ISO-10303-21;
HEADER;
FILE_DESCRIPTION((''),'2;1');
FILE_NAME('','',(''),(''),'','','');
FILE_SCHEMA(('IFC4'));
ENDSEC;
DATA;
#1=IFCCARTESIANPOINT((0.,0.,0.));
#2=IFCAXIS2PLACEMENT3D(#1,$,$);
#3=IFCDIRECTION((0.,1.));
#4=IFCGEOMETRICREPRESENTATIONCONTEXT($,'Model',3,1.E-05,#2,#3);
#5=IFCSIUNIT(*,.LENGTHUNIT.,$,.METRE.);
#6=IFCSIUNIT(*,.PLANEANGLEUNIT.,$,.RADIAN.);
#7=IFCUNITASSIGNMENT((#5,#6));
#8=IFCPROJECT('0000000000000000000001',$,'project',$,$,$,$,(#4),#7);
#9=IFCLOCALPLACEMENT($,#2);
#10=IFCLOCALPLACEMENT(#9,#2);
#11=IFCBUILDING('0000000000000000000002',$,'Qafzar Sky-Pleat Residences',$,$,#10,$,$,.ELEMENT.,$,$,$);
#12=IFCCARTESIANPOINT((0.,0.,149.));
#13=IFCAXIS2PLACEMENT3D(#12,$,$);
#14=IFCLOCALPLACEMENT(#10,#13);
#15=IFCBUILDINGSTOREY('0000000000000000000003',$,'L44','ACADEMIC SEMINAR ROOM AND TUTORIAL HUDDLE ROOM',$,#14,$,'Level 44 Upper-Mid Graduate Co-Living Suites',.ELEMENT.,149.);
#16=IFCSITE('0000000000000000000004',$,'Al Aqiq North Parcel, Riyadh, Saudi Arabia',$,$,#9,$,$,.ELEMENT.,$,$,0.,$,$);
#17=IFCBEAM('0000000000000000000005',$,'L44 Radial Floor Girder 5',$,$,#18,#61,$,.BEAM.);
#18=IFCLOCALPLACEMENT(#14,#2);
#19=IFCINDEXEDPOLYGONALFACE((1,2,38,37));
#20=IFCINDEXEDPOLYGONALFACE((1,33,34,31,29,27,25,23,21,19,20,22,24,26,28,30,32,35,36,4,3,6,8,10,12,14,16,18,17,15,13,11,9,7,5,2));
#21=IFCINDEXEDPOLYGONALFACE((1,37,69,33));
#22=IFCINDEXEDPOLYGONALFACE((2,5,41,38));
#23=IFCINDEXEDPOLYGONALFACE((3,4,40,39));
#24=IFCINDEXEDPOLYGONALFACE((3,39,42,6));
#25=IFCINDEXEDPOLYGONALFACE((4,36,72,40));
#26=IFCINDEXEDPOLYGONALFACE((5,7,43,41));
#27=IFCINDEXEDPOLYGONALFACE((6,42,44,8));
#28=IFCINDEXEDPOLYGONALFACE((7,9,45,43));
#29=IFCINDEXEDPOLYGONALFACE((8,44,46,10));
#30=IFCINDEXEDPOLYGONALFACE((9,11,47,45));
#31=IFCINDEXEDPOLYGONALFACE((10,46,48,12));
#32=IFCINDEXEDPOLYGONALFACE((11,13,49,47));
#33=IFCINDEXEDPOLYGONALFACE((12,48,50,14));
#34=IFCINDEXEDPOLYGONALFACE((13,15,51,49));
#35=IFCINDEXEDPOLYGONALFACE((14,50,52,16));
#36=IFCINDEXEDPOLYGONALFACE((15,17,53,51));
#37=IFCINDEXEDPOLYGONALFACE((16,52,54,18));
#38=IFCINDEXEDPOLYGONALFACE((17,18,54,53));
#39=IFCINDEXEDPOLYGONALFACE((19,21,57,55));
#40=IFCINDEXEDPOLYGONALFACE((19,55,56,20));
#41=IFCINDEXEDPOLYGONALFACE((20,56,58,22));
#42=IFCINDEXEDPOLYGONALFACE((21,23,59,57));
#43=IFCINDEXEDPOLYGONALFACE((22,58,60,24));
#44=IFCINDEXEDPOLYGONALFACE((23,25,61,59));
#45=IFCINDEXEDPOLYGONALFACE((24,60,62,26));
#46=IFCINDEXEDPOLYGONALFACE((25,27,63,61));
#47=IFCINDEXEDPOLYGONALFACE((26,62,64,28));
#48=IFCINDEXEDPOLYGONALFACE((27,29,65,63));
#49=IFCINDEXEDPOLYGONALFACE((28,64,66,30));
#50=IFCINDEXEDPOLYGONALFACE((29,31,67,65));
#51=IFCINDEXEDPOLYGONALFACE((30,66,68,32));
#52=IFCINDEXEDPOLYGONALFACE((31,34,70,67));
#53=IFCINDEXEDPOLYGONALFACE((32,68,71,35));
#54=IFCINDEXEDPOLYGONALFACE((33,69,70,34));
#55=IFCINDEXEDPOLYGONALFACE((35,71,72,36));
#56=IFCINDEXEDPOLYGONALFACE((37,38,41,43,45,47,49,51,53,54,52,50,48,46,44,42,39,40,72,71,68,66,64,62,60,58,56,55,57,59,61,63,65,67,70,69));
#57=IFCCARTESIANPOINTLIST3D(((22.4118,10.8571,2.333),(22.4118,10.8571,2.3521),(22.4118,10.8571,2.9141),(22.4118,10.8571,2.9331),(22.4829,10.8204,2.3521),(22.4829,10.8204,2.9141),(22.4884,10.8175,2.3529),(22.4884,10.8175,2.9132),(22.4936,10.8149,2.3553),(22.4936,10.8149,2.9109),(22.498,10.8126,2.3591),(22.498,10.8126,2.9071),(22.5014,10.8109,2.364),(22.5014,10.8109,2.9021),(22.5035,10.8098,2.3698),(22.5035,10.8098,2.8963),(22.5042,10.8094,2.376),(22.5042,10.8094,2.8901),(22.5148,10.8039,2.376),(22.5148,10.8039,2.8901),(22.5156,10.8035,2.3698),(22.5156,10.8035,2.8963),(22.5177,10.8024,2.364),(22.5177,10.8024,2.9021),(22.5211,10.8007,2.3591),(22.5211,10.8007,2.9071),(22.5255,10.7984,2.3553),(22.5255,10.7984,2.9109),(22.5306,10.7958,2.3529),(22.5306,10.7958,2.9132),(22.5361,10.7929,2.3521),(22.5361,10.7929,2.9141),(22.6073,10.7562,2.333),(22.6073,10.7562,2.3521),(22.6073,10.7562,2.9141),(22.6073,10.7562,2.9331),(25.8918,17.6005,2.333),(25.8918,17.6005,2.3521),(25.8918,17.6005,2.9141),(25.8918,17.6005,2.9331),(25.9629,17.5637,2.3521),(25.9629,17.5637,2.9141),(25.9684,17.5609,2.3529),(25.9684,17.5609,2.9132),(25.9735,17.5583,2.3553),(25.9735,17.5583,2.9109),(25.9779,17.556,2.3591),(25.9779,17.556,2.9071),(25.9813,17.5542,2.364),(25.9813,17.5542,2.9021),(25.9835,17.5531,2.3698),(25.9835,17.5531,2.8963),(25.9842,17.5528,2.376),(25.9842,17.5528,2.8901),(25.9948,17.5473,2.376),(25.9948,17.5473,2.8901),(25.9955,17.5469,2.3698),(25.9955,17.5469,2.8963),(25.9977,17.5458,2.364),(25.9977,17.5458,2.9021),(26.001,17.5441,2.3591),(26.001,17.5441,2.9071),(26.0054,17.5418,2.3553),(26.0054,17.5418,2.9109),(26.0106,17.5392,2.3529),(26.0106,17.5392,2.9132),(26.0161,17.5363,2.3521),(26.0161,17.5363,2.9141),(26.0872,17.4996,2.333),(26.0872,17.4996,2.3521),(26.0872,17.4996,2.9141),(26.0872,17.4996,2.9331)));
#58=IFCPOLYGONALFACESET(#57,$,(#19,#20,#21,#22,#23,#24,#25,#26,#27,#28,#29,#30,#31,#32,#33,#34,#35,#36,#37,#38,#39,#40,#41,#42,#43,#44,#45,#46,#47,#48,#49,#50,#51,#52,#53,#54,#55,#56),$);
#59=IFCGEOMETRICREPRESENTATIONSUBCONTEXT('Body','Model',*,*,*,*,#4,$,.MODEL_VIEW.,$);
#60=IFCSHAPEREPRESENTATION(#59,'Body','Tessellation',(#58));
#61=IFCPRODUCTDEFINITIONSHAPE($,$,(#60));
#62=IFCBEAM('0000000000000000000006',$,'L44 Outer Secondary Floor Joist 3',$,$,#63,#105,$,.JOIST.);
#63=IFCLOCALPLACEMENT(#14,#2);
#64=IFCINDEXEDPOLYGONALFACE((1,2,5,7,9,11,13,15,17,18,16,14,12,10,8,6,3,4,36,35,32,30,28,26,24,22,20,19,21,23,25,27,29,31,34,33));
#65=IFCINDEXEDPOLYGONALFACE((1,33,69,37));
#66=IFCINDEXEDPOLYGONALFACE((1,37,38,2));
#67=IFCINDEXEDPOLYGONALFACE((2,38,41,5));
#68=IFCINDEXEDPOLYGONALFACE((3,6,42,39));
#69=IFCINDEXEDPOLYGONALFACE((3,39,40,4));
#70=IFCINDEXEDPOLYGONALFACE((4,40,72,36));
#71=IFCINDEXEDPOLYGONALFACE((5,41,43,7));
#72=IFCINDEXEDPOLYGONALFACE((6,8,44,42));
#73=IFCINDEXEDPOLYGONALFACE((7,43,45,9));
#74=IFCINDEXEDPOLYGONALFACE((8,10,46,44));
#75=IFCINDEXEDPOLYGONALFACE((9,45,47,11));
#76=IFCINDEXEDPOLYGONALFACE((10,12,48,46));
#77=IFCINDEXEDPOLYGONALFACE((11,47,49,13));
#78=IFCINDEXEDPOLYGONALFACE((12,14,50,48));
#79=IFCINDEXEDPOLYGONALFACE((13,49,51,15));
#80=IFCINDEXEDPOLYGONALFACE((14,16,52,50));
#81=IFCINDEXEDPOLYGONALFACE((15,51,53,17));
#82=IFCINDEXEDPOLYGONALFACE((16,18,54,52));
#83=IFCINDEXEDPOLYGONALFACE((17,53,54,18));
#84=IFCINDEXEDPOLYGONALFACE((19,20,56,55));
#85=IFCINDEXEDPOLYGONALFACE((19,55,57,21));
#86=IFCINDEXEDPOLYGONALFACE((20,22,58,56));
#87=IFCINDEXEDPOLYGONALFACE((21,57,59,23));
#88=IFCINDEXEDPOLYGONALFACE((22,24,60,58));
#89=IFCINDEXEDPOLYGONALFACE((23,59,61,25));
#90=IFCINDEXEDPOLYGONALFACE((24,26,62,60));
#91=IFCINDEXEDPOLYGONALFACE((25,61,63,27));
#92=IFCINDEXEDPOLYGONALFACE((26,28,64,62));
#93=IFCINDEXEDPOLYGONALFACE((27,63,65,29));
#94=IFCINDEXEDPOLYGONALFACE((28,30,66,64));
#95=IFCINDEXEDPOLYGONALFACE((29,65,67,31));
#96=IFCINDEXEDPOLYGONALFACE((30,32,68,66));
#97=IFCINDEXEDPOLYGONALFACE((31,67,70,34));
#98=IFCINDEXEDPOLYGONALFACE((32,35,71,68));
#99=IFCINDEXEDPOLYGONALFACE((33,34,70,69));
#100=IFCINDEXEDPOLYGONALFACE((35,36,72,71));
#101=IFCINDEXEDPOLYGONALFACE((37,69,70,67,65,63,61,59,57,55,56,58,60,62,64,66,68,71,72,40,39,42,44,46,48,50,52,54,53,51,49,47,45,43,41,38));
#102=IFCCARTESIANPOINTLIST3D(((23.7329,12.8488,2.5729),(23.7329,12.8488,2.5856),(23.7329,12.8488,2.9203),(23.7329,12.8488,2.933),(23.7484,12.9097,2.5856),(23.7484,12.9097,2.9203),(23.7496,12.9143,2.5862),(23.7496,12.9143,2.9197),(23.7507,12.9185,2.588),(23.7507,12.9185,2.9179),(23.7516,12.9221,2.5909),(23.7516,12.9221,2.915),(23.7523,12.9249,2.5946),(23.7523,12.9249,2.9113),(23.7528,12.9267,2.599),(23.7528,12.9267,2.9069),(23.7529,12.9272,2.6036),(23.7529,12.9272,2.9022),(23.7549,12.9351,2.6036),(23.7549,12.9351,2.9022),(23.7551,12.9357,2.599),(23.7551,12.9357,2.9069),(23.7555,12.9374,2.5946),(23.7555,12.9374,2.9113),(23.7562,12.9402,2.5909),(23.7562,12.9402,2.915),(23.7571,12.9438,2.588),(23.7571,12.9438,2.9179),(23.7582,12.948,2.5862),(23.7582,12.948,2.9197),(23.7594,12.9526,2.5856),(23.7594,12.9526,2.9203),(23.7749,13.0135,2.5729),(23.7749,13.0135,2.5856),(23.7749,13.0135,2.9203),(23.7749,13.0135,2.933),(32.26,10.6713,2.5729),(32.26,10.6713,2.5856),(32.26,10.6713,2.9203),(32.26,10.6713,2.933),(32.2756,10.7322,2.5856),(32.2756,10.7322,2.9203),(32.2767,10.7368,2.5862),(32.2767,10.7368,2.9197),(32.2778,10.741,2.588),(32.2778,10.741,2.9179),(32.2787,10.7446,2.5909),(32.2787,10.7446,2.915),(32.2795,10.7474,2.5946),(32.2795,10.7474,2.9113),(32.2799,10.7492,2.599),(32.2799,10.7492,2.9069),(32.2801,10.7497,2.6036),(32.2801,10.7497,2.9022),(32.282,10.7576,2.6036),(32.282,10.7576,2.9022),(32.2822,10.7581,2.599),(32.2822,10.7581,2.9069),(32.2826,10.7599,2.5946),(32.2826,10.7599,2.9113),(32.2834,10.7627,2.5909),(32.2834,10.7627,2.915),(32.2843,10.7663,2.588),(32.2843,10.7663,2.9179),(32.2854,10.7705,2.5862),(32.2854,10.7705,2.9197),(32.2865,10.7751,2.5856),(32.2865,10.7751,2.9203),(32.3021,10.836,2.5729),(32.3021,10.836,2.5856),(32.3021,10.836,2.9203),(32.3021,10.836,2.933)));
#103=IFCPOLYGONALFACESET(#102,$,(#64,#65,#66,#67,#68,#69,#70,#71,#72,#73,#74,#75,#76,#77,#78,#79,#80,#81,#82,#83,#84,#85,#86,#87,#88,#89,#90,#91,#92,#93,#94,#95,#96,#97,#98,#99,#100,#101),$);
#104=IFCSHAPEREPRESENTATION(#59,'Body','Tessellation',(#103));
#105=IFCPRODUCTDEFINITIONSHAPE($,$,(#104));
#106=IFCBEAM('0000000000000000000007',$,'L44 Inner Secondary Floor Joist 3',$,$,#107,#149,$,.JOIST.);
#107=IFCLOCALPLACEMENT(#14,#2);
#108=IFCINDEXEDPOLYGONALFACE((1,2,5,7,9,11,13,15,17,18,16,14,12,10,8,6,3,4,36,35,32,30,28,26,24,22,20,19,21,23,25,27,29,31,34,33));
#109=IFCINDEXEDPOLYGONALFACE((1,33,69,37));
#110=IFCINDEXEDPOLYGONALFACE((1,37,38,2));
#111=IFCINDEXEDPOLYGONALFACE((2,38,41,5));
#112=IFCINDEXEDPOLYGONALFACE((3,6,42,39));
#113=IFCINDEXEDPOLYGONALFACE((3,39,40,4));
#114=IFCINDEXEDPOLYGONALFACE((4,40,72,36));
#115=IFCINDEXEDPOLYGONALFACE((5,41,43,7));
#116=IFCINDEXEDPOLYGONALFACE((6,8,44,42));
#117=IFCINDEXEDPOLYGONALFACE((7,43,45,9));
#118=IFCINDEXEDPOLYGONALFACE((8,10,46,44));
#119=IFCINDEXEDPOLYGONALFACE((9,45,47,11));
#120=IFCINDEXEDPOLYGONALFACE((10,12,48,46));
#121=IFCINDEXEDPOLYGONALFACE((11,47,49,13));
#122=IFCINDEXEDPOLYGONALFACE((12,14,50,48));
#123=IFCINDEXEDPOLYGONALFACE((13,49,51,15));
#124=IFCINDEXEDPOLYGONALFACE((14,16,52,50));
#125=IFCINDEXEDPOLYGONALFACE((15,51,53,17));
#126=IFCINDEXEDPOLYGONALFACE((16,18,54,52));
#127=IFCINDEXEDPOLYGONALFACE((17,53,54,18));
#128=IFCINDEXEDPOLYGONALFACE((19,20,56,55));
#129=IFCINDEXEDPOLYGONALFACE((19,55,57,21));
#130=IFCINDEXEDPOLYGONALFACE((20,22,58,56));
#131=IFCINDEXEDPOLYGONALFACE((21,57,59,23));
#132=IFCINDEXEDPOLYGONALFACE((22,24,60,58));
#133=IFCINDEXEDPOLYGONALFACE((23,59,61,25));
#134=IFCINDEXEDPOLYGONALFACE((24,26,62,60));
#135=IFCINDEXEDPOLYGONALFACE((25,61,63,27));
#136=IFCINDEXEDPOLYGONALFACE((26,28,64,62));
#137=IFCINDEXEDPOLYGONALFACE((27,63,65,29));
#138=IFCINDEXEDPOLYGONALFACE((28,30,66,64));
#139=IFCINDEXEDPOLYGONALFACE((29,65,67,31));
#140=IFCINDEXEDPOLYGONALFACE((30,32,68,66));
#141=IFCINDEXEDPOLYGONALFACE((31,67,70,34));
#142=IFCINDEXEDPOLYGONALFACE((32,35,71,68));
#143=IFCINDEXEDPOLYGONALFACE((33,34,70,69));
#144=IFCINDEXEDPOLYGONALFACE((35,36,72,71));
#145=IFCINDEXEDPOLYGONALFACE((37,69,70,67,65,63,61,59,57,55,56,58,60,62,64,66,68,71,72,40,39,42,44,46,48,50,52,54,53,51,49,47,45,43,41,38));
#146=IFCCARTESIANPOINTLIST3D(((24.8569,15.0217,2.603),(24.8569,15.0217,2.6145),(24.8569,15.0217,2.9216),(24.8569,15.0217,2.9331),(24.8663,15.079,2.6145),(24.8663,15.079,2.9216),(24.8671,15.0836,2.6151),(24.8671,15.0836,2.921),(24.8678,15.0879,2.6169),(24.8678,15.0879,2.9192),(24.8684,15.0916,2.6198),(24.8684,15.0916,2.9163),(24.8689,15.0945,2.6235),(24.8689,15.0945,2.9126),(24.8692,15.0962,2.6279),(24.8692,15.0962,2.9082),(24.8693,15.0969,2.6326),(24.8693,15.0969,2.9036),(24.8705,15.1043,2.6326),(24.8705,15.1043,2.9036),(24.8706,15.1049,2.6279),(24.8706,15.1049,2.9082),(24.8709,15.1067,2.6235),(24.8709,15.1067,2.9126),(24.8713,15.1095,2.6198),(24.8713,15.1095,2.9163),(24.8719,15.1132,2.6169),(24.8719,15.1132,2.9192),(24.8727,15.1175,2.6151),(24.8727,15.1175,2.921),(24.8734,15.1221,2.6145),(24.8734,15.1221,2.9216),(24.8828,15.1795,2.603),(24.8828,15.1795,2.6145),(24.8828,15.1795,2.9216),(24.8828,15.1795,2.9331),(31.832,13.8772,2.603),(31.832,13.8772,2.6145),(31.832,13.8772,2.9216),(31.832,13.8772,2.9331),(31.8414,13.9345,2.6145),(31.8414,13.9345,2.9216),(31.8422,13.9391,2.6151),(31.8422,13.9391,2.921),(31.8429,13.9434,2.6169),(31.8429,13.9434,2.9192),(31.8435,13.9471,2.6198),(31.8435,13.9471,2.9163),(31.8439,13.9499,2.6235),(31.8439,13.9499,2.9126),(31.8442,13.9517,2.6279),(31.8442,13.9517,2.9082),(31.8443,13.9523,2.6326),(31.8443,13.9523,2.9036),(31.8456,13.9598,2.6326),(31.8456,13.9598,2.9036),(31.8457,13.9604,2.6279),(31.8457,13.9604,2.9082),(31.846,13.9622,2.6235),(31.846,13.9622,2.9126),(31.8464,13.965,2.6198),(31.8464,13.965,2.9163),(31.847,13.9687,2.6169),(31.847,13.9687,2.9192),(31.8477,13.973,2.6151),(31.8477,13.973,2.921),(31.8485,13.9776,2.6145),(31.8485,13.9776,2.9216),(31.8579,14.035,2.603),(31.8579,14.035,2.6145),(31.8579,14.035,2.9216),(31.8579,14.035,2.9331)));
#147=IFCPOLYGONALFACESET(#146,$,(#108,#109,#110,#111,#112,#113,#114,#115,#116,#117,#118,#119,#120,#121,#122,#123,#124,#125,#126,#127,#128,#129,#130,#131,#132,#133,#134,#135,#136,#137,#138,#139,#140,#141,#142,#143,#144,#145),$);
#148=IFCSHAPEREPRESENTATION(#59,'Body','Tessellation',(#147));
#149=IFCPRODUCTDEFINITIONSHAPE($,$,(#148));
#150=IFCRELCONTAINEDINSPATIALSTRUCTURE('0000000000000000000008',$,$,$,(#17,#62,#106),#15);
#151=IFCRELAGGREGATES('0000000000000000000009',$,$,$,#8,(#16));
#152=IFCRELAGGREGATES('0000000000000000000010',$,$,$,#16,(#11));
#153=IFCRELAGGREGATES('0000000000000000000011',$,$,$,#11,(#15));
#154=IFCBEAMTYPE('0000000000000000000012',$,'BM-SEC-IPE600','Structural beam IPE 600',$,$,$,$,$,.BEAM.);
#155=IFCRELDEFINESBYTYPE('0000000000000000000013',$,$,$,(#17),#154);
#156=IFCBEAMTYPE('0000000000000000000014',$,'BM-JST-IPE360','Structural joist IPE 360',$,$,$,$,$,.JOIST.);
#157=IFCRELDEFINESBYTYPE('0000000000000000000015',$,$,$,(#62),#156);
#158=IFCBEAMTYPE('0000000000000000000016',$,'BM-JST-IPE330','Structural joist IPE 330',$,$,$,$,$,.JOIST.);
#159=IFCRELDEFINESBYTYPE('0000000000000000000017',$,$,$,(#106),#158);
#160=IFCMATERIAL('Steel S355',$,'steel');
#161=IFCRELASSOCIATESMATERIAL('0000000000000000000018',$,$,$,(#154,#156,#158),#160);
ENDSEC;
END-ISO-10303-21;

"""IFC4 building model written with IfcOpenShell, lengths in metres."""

from ifc_helpers import new_model, si_unit, direction, frame, origin, origin_2d, place, context, subcontext, project, spatial, i_section, extrude, source, transform, mapped, material, material_profile, profile_set, type_object, element, save


model = new_model("IFC4")

# Units and contexts
model_context = context("Model", 3, precision=1e-05, world=origin(), true_north=direction((0.0, 1.0)))
body_context = subcontext(model_context, "Body", "Model", "MODEL_VIEW")
ifc_project = project(units=[si_unit("LENGTHUNIT", "METRE"), si_unit("PLANEANGLEUNIT", "RADIAN")], contexts=[model_context])

# Site, building, storey
site_placement = place(None, origin())
site = spatial("IfcSite", under=ifc_project, at=site_placement, Name="Al Aqiq North Parcel, Riyadh, Saudi Arabia", CompositionType="ELEMENT", RefElevation=0.0)
building_placement = place(site_placement, origin())
building = spatial("IfcBuilding", under=site, at=building_placement, Name="Qafzar Sky-Pleat Residences", CompositionType="ELEMENT")
storey_placement = place(building_placement, frame((0.0, 0.0, 149.0)))
storey = spatial("IfcBuildingStorey", under=building, at=storey_placement, Name="L44", Description="ACADEMIC SEMINAR ROOM AND TUTORIAL HUDDLE ROOM", LongName="Level 44 Upper-Mid Graduate Co-Living Suites", CompositionType="ELEMENT", Elevation=149.0)

# Shared definitions
ifc_material_1 = material(Name="Steel S355", Category="steel")

# Beams
ifc_material_profile_1 = material_profile(ifc_material_1, i_section(OverallWidth=0.22, OverallDepth=0.6001, WebThickness=0.012, FlangeThickness=0.019, FilletRadius=0.0239, at=origin_2d()), Name="IPE 600")
ifc_profile_set_1 = profile_set([ifc_material_profile_1], Name="Steel S355")
beam_type_1 = type_object("IfcBeamType", Name="BM-SEC-IPE600", Description="Structural beam IPE 600", PredefinedType="BEAM", material=ifc_profile_set_1)
shared_shape_1 = source(origin(), body_context, "Body", "SweptSolid", [
    extrude(i_section(OverallWidth=0.22, OverallDepth=0.6001, WebThickness=0.012, FlangeThickness=0.019, FilletRadius=0.0239, at=origin_2d()), origin(), (0.0, 0.0, 1.0), 7.5884),
])
beam_1_placement = place(storey_placement, frame((22.5095, 10.8066, 2.6331), z_axis=(0.458592, 0.888647, 0.0), x_axis=(-0.888647, 0.458592, 0.0)))
element("IfcBeam", 1, at=beam_1_placement, inside=storey, type_object=beam_type_1, Name="L44 Radial Floor Girder 5", PredefinedType="BEAM", context=body_context, shape_type="MappedRepresentation", body=[
    mapped(shared_shape_1, transform((0.0, 0.0, 0.0), x_axis=(1.0, 0.0, 0.0), y_axis=(0.0, 1.0, 0.0), z_axis=(0.0, 0.0, 1.0), scale=1.0)),
])
ifc_material_profile_2 = material_profile(ifc_material_1, i_section(OverallWidth=0.1699, OverallDepth=0.3601, WebThickness=0.0081, FlangeThickness=0.0127, FilletRadius=0.0181, at=origin_2d()), Name="IPE 360")
ifc_profile_set_2 = profile_set([ifc_material_profile_2], Name="Steel S355")
beam_type_2 = type_object("IfcBeamType", Name="BM-JST-IPE360", Description="Structural joist IPE 360", PredefinedType="JOIST", material=ifc_profile_set_2)
shared_shape_2 = source(origin(), body_context, "Body", "SweptSolid", [
    extrude(i_section(OverallWidth=0.1699, OverallDepth=0.3601, WebThickness=0.0081, FlangeThickness=0.0127, FilletRadius=0.0181, at=origin_2d()), origin(), (0.0, 0.0, 1.0), 8.8008),
])
beam_2_placement = place(storey_placement, frame((23.7539, 12.9312, 2.7529), z_axis=(0.968908, -0.247421, 0.0), x_axis=(0.247421, 0.968908, 0.0)))
element("IfcBeam", 2, at=beam_2_placement, inside=storey, type_object=beam_type_2, Name="L44 Outer Secondary Floor Joist 3", PredefinedType="JOIST", context=body_context, shape_type="MappedRepresentation", body=[
    mapped(shared_shape_2, transform((0.0, 0.0, 0.0), x_axis=(1.0, 0.0, 0.0), y_axis=(0.0, 1.0, 0.0), z_axis=(0.0, 0.0, 1.0), scale=1.0)),
])
ifc_material_profile_3 = material_profile(ifc_material_1, i_section(OverallWidth=0.1599, OverallDepth=0.3301, WebThickness=0.0076, FlangeThickness=0.0115, FilletRadius=0.0181, at=origin_2d()), Name="IPE 330")
ifc_profile_set_3 = profile_set([ifc_material_profile_3], Name="Steel S355")
beam_type_3 = type_object("IfcBeamType", Name="BM-JST-IPE330", Description="Structural joist IPE 330", PredefinedType="JOIST", material=ifc_profile_set_3)
shared_shape_3 = source(origin(), body_context, "Body", "SweptSolid", [
    extrude(i_section(OverallWidth=0.1599, OverallDepth=0.3301, WebThickness=0.0076, FlangeThickness=0.0115, FilletRadius=0.0181, at=origin_2d()), origin(), (0.0, 0.0, 1.0), 7.0684),
])
beam_3_placement = place(storey_placement, frame((24.8699, 15.1006, 2.7681), z_axis=(0.986803, -0.161923, 0.0), x_axis=(0.161923, 0.986803, 0.0)))
element("IfcBeam", 3, at=beam_3_placement, inside=storey, type_object=beam_type_3, Name="L44 Inner Secondary Floor Joist 3", PredefinedType="JOIST", context=body_context, shape_type="MappedRepresentation", body=[
    mapped(shared_shape_3, transform((0.0, 0.0, 0.0), x_axis=(1.0, 0.0, 0.0), y_axis=(0.0, 1.0, 0.0), z_axis=(0.0, 0.0, 1.0), scale=1.0)),
])

save(model, "model.ifc")
